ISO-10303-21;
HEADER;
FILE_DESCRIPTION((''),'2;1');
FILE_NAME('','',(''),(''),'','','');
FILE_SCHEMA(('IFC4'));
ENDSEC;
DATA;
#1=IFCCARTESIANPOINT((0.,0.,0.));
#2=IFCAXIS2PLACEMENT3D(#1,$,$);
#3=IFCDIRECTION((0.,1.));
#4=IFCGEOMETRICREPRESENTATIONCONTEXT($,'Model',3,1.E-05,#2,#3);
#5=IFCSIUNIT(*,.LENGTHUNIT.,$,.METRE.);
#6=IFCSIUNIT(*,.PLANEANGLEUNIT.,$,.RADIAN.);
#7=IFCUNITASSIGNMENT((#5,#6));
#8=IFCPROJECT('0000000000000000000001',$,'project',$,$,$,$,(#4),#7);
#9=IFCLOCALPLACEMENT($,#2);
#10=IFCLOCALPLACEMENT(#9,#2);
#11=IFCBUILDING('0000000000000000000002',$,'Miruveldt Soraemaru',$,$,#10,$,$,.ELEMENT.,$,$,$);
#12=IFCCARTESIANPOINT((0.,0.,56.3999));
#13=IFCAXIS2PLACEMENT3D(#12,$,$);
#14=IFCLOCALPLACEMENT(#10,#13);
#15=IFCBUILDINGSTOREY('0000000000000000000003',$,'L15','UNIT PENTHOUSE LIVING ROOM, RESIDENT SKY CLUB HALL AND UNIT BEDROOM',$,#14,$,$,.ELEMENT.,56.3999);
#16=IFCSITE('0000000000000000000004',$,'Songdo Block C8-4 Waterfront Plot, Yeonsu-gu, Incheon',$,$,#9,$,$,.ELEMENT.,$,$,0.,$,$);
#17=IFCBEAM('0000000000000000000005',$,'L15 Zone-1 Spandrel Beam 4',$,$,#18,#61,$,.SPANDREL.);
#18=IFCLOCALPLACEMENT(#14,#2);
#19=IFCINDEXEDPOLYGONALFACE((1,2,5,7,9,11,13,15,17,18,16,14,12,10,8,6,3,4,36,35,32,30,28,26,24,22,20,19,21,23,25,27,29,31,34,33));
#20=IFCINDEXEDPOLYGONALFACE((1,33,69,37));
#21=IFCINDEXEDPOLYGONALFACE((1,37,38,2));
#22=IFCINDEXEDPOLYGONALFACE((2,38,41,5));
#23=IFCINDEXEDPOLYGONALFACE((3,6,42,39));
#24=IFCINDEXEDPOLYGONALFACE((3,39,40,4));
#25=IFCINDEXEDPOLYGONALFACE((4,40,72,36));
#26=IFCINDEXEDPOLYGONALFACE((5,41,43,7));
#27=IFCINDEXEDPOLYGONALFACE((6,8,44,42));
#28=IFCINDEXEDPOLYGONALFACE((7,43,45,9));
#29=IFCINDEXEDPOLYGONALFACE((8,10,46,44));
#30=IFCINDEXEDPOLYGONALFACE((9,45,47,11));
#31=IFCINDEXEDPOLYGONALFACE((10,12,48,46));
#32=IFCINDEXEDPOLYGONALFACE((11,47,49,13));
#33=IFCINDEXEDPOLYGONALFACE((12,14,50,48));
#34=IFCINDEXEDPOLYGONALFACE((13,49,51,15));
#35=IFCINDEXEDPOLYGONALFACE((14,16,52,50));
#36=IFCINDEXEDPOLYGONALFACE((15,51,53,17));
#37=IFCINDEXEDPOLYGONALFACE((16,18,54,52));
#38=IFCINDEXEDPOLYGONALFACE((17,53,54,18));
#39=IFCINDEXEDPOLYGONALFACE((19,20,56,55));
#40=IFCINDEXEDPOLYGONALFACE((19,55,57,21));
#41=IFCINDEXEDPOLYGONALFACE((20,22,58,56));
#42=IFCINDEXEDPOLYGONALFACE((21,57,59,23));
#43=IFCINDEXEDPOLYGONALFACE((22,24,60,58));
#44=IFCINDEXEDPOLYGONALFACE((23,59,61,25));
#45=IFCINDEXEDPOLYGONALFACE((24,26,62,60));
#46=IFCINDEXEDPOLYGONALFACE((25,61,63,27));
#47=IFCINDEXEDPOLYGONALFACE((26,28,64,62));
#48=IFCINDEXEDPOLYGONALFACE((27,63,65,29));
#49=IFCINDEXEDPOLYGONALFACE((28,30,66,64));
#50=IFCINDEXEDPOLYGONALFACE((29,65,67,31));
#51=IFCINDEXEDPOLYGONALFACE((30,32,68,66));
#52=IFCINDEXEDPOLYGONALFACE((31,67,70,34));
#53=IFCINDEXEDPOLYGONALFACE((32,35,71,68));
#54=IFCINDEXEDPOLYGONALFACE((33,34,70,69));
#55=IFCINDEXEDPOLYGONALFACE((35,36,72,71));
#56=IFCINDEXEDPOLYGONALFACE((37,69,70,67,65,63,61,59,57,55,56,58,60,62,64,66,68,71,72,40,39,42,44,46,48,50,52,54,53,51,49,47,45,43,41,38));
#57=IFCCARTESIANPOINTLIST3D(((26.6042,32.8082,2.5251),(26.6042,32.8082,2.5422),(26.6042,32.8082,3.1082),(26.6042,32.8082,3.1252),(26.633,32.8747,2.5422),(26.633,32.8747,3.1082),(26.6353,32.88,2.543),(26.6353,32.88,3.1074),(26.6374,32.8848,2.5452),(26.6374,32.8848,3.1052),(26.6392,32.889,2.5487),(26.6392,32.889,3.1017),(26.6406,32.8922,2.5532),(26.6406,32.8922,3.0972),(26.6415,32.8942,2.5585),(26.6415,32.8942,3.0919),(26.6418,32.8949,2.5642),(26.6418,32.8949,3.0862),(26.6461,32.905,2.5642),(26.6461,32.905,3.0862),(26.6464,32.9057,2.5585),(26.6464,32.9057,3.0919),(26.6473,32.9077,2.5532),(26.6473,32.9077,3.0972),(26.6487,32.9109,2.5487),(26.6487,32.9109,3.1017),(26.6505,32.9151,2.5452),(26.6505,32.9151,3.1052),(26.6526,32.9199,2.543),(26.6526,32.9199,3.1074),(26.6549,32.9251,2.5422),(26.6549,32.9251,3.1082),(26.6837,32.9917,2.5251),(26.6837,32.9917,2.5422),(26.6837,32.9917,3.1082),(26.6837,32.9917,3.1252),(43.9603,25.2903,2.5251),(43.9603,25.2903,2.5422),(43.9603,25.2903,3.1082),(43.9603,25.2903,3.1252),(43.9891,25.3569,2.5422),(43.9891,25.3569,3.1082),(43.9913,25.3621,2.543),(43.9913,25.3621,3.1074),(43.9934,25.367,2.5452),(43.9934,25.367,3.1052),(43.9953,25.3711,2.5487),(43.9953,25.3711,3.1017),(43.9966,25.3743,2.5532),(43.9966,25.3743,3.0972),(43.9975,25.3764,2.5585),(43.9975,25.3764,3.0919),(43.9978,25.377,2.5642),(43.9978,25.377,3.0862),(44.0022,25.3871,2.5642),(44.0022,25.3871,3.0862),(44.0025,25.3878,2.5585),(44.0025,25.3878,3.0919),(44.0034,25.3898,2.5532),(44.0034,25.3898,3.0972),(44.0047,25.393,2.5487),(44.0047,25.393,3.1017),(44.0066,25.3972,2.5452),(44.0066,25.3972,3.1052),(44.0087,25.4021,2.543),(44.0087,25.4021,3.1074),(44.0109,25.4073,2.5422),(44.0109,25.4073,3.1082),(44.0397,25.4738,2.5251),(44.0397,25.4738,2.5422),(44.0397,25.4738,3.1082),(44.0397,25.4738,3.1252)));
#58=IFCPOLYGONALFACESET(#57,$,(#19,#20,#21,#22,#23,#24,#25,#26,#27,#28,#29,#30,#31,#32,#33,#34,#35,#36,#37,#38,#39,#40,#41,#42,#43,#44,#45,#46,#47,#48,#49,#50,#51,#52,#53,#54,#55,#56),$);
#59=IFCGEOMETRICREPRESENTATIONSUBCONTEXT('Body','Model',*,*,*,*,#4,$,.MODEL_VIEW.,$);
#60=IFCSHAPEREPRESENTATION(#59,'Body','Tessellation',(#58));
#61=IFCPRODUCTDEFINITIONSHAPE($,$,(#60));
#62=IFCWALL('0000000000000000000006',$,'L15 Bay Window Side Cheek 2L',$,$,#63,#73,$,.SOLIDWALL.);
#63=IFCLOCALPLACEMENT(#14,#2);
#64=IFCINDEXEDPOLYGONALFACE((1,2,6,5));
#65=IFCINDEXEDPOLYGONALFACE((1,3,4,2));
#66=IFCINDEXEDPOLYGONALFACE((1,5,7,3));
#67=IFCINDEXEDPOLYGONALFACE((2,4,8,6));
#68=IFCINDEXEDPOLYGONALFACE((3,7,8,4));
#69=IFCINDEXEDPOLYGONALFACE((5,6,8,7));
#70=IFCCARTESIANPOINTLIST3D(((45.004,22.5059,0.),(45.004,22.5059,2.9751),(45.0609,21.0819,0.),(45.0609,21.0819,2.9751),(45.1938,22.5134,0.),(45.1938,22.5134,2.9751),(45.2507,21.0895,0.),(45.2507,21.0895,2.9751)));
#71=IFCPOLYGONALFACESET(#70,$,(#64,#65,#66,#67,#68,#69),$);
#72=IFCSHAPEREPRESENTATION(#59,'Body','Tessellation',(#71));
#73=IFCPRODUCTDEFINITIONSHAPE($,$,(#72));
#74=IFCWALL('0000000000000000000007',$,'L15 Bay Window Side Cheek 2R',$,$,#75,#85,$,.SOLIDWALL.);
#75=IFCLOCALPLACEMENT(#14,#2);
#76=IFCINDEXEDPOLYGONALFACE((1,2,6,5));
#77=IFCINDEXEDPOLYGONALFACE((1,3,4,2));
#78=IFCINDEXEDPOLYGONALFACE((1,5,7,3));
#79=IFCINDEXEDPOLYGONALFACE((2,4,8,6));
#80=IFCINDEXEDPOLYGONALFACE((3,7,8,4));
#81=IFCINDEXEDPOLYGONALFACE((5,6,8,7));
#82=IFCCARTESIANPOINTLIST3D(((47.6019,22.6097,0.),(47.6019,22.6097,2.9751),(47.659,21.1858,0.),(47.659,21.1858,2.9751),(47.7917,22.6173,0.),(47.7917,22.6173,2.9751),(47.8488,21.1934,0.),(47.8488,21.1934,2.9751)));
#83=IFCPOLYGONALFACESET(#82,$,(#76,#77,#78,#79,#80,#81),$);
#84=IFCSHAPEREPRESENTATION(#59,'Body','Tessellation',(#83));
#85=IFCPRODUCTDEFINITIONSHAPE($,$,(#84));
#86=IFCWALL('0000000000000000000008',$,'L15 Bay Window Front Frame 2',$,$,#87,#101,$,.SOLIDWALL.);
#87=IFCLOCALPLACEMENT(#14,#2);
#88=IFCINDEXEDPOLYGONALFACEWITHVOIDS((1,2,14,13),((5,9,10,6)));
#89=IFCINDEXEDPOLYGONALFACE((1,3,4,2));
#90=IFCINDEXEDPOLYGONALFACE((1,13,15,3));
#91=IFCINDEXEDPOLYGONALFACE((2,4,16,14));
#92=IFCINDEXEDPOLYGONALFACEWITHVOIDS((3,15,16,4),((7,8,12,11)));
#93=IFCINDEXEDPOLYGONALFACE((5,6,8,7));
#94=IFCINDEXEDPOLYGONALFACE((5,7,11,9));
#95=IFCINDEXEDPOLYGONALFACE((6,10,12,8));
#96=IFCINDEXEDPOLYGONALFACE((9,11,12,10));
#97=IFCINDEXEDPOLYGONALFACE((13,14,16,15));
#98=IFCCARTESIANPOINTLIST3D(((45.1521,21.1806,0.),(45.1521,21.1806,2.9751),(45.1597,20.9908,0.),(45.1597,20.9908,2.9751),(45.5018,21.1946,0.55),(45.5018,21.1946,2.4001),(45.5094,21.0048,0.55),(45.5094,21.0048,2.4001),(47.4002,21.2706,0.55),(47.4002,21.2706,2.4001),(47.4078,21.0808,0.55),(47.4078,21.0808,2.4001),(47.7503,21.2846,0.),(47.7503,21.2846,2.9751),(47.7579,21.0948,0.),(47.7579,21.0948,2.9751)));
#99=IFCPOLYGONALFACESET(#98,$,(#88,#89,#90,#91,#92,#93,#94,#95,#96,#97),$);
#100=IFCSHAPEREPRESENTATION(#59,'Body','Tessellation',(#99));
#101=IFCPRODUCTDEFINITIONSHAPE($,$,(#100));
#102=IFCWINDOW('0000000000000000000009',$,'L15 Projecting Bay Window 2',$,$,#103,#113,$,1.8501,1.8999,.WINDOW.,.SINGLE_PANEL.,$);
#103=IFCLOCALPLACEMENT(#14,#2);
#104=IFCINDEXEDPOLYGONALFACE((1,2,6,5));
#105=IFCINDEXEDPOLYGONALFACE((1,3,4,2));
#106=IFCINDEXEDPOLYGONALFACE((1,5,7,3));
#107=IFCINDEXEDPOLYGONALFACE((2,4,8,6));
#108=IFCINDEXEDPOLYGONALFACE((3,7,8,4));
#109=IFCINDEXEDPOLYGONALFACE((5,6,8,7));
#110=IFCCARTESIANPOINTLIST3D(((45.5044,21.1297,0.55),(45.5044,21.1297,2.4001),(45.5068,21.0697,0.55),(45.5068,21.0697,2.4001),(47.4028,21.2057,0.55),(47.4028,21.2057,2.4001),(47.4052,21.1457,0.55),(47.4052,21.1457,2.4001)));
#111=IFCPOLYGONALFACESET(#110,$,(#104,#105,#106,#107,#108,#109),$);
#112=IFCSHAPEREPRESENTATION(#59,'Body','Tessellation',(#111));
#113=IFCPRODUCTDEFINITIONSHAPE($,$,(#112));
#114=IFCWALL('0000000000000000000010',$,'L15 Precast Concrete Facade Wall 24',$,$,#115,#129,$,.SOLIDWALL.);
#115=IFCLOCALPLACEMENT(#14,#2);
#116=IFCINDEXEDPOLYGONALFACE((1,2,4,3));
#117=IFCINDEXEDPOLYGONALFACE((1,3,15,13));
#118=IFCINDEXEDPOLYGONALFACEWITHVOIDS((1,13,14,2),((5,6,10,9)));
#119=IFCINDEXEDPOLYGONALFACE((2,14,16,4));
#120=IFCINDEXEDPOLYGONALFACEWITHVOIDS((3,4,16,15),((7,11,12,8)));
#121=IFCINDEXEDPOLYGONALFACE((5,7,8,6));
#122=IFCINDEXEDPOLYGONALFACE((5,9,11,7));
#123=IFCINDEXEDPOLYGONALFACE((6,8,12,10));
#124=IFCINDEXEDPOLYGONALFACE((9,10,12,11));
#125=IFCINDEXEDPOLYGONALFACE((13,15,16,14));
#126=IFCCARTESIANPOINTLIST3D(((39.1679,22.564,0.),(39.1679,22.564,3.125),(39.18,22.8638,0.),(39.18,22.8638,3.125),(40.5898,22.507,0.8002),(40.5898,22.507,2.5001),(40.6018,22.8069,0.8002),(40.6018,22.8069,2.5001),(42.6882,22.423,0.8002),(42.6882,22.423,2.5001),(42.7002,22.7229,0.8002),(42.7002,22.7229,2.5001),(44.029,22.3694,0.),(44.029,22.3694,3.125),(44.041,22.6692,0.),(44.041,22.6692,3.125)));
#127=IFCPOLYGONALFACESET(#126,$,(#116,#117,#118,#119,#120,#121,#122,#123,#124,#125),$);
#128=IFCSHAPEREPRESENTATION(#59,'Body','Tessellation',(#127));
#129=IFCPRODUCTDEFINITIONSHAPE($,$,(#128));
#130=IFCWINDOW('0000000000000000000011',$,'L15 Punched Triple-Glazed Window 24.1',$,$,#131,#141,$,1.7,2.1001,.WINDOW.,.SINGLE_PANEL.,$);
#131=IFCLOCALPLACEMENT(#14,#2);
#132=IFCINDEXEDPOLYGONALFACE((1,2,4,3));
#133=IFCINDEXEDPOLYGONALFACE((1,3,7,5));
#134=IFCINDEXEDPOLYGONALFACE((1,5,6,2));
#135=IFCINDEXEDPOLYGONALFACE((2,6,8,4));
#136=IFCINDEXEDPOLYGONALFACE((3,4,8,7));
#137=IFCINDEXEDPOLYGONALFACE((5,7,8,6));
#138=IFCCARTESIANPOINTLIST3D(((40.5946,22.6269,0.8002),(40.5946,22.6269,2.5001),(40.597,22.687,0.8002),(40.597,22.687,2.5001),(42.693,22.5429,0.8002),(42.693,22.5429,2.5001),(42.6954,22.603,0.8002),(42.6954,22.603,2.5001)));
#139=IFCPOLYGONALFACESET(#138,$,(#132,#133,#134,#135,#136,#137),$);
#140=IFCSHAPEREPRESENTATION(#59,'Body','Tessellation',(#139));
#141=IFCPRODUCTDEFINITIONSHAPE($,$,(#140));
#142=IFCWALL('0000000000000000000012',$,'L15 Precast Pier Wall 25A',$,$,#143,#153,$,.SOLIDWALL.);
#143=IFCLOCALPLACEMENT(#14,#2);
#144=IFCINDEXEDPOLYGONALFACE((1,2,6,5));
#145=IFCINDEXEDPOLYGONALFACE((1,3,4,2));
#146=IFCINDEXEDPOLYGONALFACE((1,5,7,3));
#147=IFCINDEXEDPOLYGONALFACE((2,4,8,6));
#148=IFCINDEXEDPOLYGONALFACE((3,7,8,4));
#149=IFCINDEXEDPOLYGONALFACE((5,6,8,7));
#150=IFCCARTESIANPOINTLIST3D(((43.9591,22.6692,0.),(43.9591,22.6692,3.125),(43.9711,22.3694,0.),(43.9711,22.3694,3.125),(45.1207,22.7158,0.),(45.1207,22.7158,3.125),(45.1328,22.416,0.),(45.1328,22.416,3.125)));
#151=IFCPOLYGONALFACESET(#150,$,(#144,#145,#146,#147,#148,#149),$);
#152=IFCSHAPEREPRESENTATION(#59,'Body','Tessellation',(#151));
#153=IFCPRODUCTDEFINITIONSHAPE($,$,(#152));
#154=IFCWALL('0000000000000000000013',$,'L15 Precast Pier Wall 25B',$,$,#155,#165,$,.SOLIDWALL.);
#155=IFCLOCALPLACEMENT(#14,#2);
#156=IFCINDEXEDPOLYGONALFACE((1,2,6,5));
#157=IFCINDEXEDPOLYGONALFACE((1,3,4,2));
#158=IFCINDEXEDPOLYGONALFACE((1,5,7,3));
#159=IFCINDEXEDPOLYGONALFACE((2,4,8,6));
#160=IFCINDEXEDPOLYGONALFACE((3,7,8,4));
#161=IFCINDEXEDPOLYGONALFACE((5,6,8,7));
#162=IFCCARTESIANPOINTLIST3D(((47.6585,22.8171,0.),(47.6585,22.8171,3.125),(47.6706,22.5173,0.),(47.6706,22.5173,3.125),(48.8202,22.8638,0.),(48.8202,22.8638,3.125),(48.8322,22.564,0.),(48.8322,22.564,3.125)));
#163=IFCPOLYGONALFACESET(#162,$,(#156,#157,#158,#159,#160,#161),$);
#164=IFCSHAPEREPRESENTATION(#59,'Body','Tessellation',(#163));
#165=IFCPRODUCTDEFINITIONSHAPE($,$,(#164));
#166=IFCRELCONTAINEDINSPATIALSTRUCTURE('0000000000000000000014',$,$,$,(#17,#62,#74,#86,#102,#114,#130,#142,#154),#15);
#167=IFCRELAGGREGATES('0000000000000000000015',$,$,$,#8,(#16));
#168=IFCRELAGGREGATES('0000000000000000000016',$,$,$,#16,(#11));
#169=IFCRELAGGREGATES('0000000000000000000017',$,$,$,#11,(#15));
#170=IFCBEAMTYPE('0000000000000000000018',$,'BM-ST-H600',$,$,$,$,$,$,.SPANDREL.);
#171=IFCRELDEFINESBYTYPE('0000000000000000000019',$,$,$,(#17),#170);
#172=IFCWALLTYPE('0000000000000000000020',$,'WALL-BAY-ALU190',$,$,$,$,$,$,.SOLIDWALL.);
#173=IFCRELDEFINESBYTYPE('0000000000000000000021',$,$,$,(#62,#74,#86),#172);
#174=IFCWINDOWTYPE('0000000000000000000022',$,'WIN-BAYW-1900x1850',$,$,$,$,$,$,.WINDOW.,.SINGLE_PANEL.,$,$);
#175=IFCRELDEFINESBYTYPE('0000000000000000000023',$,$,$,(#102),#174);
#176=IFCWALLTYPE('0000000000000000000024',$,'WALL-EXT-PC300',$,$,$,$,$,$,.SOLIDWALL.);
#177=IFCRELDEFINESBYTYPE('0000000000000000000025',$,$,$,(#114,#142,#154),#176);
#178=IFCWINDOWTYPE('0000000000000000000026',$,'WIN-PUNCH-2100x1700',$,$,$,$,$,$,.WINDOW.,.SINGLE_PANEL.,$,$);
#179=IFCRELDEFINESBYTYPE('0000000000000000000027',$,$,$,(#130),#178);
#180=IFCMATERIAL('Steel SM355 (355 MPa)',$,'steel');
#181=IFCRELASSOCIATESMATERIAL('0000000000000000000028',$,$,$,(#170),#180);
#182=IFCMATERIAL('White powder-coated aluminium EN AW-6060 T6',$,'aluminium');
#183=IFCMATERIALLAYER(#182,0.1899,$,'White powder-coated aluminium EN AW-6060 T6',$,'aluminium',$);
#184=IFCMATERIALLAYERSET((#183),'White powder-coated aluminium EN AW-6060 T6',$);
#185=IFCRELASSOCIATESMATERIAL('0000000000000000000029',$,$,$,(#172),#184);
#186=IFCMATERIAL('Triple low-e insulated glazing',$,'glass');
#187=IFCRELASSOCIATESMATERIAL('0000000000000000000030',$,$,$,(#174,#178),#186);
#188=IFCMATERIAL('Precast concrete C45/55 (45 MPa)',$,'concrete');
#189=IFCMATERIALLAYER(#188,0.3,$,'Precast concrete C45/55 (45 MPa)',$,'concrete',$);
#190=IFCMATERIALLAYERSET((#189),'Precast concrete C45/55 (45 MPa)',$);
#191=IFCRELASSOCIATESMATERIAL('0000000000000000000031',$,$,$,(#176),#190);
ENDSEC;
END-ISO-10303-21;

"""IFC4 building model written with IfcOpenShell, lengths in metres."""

from ifc_helpers import new_model, si_unit, direction, frame, frame_2d, origin, origin_2d, place, context, subcontext, project, spatial, rectangle, i_section, extrude, material, layer, layer_set, material_profile, profile_set, type_object, element, fill, save


model = new_model("IFC4")

# Units and contexts
model_context = context("Model", 3, precision=1e-05, world=origin(), true_north=direction((0.0, 1.0)))
body_context = subcontext(model_context, "Body", "Model", "MODEL_VIEW")
ifc_project = project(units=[si_unit("LENGTHUNIT", "METRE"), si_unit("PLANEANGLEUNIT", "RADIAN")], contexts=[model_context])

# Site, building, storey
site_placement = place(None, origin())
site = spatial("IfcSite", under=ifc_project, at=site_placement, Name="Songdo Block C8-4 Waterfront Plot, Yeonsu-gu, Incheon", CompositionType="ELEMENT", RefElevation=0.0)
building_placement = place(site_placement, origin())
building = spatial("IfcBuilding", under=site, at=building_placement, Name="Miruveldt Soraemaru", CompositionType="ELEMENT")
storey_placement = place(building_placement, frame((0.0, 0.0, 56.3999)))
storey = spatial("IfcBuildingStorey", under=building, at=storey_placement, Name="L15", Description="UNIT PENTHOUSE LIVING ROOM, RESIDENT SKY CLUB HALL AND UNIT BEDROOM", CompositionType="ELEMENT", Elevation=56.3999)

# Beam
ifc_material_1 = material(Name="Steel SM355 (355 MPa)", Category="steel")
ifc_material_profile_1 = material_profile(ifc_material_1, i_section(OverallWidth=0.2, OverallDepth=0.6001, WebThickness=0.011, FlangeThickness=0.0171, FilletRadius=0.022, at=origin_2d()), Name="Steel SM355 (355 MPa)", Category="steel")
ifc_profile_set_1 = profile_set([ifc_material_profile_1], Name="Steel SM355 (355 MPa)")
beam_type_1 = type_object("IfcBeamType", Name="BM-ST-H600", PredefinedType="SPANDREL", material=ifc_profile_set_1)
beam_1_placement = place(storey_placement, frame((44.0, 25.3821, 2.8252), z_axis=(-0.917615, 0.39747, 0.0), x_axis=(-0.39747, -0.917615, 0.0)))
element("IfcBeam", 1, at=beam_1_placement, inside=storey, type_object=beam_type_1, Name="L15 Zone-1 Spandrel Beam 4", PredefinedType="SPANDREL", context=body_context, shape_type="SweptSolid", body=[
    extrude(i_section(OverallWidth=0.2, OverallDepth=0.6001, WebThickness=0.011, FlangeThickness=0.0171, FilletRadius=0.022, at=origin_2d()), origin(), (0.0, 0.0, 1.0), 18.9143),
])

# Walls
ifc_material_2 = material(Name="White powder-coated aluminium EN AW-6060 T6", Category="aluminium")
ifc_layer_1 = layer(ifc_material_2, 0.1899, Name="White powder-coated aluminium EN AW-6060 T6", Category="aluminium")
ifc_layer_set_1 = layer_set([ifc_layer_1], Name="White powder-coated aluminium EN AW-6060 T6")
wall_type_1 = type_object("IfcWallType", Name="WALL-BAY-ALU190", PredefinedType="SOLIDWALL", material=ifc_layer_set_1)
for number, where, z_axis, x_axis, name in (
    (2, (45.0989, 22.5095, 0.0), (0.0, 0.0, 1.0), (0.03992, -0.999203, 0.0), "L15 Bay Window Side Cheek 2L"),
    (3, (47.7539, 21.1897, 0.0), (0.0, 0.0, 1.0), (-0.040091, 0.999196, 0.0), "L15 Bay Window Side Cheek 2R"),
):
    element("IfcWall", number, at=place(storey_placement, frame(where, z_axis=z_axis, x_axis=x_axis)), inside=storey, type_object=wall_type_1, Name=name, PredefinedType="SOLIDWALL", context=body_context, shape_type="SweptSolid", body=[
        extrude(rectangle(XDim=1.425, YDim=0.1899, at=frame_2d((0.7124, 0.0))), origin(), (0.0, 0.0, 1.0), 2.9751),
    ])

# Walls, openings, windows
wall_1_placement = place(storey_placement, frame((45.1558, 21.0857, 0.0), z_axis=(0.0, 0.0, 1.0), x_axis=(0.9992, 0.039998, 0.0)))
wall_1 = element("IfcWall", 4, at=wall_1_placement, inside=storey, type_object=wall_type_1, Name="L15 Bay Window Front Frame 2", PredefinedType="SOLIDWALL", context=body_context, shape_type="SweptSolid", body=[
    extrude(rectangle(XDim=2.6003, YDim=0.1899, at=frame_2d((1.3003, 0.0))), origin(), (0.0, 0.0, 1.0), 2.9751),
])
opening_1_placement = place(wall_1_placement, frame((0.3501, 0.0, 0.55)))
opening_1 = element("IfcOpeningElement", 5, at=opening_1_placement, cuts=wall_1, PredefinedType="OPENING", context=body_context, shape_type="SweptSolid", body=[
    extrude(rectangle(XDim=1.8999, YDim=1.8501, at=frame_2d((0.95, 0.925))), frame((0.0, 0.105, 0.0), z_axis=(0.0, -1.0, 0.0), x_axis=(1.0, 0.0, 0.0)), (0.0, 0.0, 1.0), 0.21),
])
ifc_material_3 = material(Name="Triple low-e insulated glazing", Category="glass")
window_type_1 = type_object("IfcWindowType", Name="WIN-BAYW-1900x1850", PartitioningType="SINGLE_PANEL", PredefinedType="WINDOW", material=ifc_material_3)
window_1_placement = place(opening_1_placement, origin())
window_1 = element("IfcWindow", 6, at=window_1_placement, inside=storey, type_object=window_type_1, Name="L15 Projecting Bay Window 2", OverallHeight=1.8501, OverallWidth=1.8999, PartitioningType="SINGLE_PANEL", PredefinedType="WINDOW", context=body_context, shape_type="SweptSolid", body=[
    extrude(rectangle(XDim=1.8999, YDim=1.8501, at=frame_2d((0.95, 0.925))), frame((0.0, 0.03, 0.0), z_axis=(0.0, -1.0, 0.0), x_axis=(1.0, 0.0, 0.0)), (0.0, 0.0, 1.0), 0.0601),
])
fill(opening_1, window_1)
ifc_material_4 = material(Name="Precast concrete C45/55 (45 MPa)", Category="concrete")
ifc_layer_2 = layer(ifc_material_4, 0.3, Name="Precast concrete C45/55 (45 MPa)", Category="concrete")
ifc_layer_set_2 = layer_set([ifc_layer_2], Name="Precast concrete C45/55 (45 MPa)")
wall_type_2 = type_object("IfcWallType", Name="WALL-EXT-PC300", PredefinedType="SOLIDWALL", material=ifc_layer_set_2)
wall_2_placement = place(storey_placement, frame((39.1738, 22.7139, 0.0), z_axis=(0.0, 0.0, 1.0), x_axis=(0.9992, -0.039996, 0.0)))
wall_2 = element("IfcWall", 7, at=wall_2_placement, inside=storey, type_object=wall_type_2, Name="L15 Precast Concrete Facade Wall 24", PredefinedType="SOLIDWALL", context=body_context, shape_type="SweptSolid", body=[
    extrude(rectangle(XDim=4.865, YDim=0.3, at=frame_2d((2.4326, 0.0))), origin(), (0.0, 0.0, 1.0), 3.125),
])
opening_2_placement = place(wall_2_placement, frame((1.4231, 0.0, 0.8)))
opening_2 = element("IfcOpeningElement", 8, at=opening_2_placement, cuts=wall_2, PredefinedType="OPENING", context=body_context, shape_type="SweptSolid", body=[
    extrude(rectangle(XDim=2.1001, YDim=1.7, at=frame_2d((1.05, 0.8501))), frame((0.0, 0.1602, 0.0), z_axis=(0.0, -1.0, 0.0), x_axis=(1.0, 0.0, 0.0)), (0.0, 0.0, 1.0), 0.3201),
])
window_type_2 = type_object("IfcWindowType", Name="WIN-PUNCH-2100x1700", PartitioningType="SINGLE_PANEL", PredefinedType="WINDOW", material=ifc_material_3)
window_2_placement = place(opening_2_placement, origin())
window_2 = element("IfcWindow", 9, at=window_2_placement, inside=storey, type_object=window_type_2, Name="L15 Punched Triple-Glazed Window 24.1", OverallHeight=1.7, OverallWidth=2.1001, PartitioningType="SINGLE_PANEL", PredefinedType="WINDOW", context=body_context, shape_type="SweptSolid", body=[
    extrude(rectangle(XDim=2.1001, YDim=1.7, at=frame_2d((1.05, 0.8501))), frame((0.0, 0.03, 0.0), z_axis=(0.0, -1.0, 0.0), x_axis=(1.0, 0.0, 0.0)), (0.0, 0.0, 1.0), 0.0601),
])
fill(opening_2, window_2)

# Walls
for number, where, z_axis, x_axis, name in (
    (10, (43.9651, 22.5193, 0.0), (0.0, 0.0, 1.0), (0.999195, 0.040111, 0.0), "L15 Precast Pier Wall 25A"),
    (11, (47.6646, 22.6672, 0.0), (0.0, 0.0, 1.0), (0.999195, 0.040111, 0.0), "L15 Precast Pier Wall 25B"),
):
    element("IfcWall", number, at=place(storey_placement, frame(where, z_axis=z_axis, x_axis=x_axis)), inside=storey, type_object=wall_type_2, Name=name, PredefinedType="SOLIDWALL", context=body_context, shape_type="SweptSolid", body=[
        extrude(rectangle(XDim=1.1626, YDim=0.3, at=frame_2d((0.5813, 0.0))), origin(), (0.0, 0.0, 1.0), 3.125),
    ])

save(model, "model.ifc")
